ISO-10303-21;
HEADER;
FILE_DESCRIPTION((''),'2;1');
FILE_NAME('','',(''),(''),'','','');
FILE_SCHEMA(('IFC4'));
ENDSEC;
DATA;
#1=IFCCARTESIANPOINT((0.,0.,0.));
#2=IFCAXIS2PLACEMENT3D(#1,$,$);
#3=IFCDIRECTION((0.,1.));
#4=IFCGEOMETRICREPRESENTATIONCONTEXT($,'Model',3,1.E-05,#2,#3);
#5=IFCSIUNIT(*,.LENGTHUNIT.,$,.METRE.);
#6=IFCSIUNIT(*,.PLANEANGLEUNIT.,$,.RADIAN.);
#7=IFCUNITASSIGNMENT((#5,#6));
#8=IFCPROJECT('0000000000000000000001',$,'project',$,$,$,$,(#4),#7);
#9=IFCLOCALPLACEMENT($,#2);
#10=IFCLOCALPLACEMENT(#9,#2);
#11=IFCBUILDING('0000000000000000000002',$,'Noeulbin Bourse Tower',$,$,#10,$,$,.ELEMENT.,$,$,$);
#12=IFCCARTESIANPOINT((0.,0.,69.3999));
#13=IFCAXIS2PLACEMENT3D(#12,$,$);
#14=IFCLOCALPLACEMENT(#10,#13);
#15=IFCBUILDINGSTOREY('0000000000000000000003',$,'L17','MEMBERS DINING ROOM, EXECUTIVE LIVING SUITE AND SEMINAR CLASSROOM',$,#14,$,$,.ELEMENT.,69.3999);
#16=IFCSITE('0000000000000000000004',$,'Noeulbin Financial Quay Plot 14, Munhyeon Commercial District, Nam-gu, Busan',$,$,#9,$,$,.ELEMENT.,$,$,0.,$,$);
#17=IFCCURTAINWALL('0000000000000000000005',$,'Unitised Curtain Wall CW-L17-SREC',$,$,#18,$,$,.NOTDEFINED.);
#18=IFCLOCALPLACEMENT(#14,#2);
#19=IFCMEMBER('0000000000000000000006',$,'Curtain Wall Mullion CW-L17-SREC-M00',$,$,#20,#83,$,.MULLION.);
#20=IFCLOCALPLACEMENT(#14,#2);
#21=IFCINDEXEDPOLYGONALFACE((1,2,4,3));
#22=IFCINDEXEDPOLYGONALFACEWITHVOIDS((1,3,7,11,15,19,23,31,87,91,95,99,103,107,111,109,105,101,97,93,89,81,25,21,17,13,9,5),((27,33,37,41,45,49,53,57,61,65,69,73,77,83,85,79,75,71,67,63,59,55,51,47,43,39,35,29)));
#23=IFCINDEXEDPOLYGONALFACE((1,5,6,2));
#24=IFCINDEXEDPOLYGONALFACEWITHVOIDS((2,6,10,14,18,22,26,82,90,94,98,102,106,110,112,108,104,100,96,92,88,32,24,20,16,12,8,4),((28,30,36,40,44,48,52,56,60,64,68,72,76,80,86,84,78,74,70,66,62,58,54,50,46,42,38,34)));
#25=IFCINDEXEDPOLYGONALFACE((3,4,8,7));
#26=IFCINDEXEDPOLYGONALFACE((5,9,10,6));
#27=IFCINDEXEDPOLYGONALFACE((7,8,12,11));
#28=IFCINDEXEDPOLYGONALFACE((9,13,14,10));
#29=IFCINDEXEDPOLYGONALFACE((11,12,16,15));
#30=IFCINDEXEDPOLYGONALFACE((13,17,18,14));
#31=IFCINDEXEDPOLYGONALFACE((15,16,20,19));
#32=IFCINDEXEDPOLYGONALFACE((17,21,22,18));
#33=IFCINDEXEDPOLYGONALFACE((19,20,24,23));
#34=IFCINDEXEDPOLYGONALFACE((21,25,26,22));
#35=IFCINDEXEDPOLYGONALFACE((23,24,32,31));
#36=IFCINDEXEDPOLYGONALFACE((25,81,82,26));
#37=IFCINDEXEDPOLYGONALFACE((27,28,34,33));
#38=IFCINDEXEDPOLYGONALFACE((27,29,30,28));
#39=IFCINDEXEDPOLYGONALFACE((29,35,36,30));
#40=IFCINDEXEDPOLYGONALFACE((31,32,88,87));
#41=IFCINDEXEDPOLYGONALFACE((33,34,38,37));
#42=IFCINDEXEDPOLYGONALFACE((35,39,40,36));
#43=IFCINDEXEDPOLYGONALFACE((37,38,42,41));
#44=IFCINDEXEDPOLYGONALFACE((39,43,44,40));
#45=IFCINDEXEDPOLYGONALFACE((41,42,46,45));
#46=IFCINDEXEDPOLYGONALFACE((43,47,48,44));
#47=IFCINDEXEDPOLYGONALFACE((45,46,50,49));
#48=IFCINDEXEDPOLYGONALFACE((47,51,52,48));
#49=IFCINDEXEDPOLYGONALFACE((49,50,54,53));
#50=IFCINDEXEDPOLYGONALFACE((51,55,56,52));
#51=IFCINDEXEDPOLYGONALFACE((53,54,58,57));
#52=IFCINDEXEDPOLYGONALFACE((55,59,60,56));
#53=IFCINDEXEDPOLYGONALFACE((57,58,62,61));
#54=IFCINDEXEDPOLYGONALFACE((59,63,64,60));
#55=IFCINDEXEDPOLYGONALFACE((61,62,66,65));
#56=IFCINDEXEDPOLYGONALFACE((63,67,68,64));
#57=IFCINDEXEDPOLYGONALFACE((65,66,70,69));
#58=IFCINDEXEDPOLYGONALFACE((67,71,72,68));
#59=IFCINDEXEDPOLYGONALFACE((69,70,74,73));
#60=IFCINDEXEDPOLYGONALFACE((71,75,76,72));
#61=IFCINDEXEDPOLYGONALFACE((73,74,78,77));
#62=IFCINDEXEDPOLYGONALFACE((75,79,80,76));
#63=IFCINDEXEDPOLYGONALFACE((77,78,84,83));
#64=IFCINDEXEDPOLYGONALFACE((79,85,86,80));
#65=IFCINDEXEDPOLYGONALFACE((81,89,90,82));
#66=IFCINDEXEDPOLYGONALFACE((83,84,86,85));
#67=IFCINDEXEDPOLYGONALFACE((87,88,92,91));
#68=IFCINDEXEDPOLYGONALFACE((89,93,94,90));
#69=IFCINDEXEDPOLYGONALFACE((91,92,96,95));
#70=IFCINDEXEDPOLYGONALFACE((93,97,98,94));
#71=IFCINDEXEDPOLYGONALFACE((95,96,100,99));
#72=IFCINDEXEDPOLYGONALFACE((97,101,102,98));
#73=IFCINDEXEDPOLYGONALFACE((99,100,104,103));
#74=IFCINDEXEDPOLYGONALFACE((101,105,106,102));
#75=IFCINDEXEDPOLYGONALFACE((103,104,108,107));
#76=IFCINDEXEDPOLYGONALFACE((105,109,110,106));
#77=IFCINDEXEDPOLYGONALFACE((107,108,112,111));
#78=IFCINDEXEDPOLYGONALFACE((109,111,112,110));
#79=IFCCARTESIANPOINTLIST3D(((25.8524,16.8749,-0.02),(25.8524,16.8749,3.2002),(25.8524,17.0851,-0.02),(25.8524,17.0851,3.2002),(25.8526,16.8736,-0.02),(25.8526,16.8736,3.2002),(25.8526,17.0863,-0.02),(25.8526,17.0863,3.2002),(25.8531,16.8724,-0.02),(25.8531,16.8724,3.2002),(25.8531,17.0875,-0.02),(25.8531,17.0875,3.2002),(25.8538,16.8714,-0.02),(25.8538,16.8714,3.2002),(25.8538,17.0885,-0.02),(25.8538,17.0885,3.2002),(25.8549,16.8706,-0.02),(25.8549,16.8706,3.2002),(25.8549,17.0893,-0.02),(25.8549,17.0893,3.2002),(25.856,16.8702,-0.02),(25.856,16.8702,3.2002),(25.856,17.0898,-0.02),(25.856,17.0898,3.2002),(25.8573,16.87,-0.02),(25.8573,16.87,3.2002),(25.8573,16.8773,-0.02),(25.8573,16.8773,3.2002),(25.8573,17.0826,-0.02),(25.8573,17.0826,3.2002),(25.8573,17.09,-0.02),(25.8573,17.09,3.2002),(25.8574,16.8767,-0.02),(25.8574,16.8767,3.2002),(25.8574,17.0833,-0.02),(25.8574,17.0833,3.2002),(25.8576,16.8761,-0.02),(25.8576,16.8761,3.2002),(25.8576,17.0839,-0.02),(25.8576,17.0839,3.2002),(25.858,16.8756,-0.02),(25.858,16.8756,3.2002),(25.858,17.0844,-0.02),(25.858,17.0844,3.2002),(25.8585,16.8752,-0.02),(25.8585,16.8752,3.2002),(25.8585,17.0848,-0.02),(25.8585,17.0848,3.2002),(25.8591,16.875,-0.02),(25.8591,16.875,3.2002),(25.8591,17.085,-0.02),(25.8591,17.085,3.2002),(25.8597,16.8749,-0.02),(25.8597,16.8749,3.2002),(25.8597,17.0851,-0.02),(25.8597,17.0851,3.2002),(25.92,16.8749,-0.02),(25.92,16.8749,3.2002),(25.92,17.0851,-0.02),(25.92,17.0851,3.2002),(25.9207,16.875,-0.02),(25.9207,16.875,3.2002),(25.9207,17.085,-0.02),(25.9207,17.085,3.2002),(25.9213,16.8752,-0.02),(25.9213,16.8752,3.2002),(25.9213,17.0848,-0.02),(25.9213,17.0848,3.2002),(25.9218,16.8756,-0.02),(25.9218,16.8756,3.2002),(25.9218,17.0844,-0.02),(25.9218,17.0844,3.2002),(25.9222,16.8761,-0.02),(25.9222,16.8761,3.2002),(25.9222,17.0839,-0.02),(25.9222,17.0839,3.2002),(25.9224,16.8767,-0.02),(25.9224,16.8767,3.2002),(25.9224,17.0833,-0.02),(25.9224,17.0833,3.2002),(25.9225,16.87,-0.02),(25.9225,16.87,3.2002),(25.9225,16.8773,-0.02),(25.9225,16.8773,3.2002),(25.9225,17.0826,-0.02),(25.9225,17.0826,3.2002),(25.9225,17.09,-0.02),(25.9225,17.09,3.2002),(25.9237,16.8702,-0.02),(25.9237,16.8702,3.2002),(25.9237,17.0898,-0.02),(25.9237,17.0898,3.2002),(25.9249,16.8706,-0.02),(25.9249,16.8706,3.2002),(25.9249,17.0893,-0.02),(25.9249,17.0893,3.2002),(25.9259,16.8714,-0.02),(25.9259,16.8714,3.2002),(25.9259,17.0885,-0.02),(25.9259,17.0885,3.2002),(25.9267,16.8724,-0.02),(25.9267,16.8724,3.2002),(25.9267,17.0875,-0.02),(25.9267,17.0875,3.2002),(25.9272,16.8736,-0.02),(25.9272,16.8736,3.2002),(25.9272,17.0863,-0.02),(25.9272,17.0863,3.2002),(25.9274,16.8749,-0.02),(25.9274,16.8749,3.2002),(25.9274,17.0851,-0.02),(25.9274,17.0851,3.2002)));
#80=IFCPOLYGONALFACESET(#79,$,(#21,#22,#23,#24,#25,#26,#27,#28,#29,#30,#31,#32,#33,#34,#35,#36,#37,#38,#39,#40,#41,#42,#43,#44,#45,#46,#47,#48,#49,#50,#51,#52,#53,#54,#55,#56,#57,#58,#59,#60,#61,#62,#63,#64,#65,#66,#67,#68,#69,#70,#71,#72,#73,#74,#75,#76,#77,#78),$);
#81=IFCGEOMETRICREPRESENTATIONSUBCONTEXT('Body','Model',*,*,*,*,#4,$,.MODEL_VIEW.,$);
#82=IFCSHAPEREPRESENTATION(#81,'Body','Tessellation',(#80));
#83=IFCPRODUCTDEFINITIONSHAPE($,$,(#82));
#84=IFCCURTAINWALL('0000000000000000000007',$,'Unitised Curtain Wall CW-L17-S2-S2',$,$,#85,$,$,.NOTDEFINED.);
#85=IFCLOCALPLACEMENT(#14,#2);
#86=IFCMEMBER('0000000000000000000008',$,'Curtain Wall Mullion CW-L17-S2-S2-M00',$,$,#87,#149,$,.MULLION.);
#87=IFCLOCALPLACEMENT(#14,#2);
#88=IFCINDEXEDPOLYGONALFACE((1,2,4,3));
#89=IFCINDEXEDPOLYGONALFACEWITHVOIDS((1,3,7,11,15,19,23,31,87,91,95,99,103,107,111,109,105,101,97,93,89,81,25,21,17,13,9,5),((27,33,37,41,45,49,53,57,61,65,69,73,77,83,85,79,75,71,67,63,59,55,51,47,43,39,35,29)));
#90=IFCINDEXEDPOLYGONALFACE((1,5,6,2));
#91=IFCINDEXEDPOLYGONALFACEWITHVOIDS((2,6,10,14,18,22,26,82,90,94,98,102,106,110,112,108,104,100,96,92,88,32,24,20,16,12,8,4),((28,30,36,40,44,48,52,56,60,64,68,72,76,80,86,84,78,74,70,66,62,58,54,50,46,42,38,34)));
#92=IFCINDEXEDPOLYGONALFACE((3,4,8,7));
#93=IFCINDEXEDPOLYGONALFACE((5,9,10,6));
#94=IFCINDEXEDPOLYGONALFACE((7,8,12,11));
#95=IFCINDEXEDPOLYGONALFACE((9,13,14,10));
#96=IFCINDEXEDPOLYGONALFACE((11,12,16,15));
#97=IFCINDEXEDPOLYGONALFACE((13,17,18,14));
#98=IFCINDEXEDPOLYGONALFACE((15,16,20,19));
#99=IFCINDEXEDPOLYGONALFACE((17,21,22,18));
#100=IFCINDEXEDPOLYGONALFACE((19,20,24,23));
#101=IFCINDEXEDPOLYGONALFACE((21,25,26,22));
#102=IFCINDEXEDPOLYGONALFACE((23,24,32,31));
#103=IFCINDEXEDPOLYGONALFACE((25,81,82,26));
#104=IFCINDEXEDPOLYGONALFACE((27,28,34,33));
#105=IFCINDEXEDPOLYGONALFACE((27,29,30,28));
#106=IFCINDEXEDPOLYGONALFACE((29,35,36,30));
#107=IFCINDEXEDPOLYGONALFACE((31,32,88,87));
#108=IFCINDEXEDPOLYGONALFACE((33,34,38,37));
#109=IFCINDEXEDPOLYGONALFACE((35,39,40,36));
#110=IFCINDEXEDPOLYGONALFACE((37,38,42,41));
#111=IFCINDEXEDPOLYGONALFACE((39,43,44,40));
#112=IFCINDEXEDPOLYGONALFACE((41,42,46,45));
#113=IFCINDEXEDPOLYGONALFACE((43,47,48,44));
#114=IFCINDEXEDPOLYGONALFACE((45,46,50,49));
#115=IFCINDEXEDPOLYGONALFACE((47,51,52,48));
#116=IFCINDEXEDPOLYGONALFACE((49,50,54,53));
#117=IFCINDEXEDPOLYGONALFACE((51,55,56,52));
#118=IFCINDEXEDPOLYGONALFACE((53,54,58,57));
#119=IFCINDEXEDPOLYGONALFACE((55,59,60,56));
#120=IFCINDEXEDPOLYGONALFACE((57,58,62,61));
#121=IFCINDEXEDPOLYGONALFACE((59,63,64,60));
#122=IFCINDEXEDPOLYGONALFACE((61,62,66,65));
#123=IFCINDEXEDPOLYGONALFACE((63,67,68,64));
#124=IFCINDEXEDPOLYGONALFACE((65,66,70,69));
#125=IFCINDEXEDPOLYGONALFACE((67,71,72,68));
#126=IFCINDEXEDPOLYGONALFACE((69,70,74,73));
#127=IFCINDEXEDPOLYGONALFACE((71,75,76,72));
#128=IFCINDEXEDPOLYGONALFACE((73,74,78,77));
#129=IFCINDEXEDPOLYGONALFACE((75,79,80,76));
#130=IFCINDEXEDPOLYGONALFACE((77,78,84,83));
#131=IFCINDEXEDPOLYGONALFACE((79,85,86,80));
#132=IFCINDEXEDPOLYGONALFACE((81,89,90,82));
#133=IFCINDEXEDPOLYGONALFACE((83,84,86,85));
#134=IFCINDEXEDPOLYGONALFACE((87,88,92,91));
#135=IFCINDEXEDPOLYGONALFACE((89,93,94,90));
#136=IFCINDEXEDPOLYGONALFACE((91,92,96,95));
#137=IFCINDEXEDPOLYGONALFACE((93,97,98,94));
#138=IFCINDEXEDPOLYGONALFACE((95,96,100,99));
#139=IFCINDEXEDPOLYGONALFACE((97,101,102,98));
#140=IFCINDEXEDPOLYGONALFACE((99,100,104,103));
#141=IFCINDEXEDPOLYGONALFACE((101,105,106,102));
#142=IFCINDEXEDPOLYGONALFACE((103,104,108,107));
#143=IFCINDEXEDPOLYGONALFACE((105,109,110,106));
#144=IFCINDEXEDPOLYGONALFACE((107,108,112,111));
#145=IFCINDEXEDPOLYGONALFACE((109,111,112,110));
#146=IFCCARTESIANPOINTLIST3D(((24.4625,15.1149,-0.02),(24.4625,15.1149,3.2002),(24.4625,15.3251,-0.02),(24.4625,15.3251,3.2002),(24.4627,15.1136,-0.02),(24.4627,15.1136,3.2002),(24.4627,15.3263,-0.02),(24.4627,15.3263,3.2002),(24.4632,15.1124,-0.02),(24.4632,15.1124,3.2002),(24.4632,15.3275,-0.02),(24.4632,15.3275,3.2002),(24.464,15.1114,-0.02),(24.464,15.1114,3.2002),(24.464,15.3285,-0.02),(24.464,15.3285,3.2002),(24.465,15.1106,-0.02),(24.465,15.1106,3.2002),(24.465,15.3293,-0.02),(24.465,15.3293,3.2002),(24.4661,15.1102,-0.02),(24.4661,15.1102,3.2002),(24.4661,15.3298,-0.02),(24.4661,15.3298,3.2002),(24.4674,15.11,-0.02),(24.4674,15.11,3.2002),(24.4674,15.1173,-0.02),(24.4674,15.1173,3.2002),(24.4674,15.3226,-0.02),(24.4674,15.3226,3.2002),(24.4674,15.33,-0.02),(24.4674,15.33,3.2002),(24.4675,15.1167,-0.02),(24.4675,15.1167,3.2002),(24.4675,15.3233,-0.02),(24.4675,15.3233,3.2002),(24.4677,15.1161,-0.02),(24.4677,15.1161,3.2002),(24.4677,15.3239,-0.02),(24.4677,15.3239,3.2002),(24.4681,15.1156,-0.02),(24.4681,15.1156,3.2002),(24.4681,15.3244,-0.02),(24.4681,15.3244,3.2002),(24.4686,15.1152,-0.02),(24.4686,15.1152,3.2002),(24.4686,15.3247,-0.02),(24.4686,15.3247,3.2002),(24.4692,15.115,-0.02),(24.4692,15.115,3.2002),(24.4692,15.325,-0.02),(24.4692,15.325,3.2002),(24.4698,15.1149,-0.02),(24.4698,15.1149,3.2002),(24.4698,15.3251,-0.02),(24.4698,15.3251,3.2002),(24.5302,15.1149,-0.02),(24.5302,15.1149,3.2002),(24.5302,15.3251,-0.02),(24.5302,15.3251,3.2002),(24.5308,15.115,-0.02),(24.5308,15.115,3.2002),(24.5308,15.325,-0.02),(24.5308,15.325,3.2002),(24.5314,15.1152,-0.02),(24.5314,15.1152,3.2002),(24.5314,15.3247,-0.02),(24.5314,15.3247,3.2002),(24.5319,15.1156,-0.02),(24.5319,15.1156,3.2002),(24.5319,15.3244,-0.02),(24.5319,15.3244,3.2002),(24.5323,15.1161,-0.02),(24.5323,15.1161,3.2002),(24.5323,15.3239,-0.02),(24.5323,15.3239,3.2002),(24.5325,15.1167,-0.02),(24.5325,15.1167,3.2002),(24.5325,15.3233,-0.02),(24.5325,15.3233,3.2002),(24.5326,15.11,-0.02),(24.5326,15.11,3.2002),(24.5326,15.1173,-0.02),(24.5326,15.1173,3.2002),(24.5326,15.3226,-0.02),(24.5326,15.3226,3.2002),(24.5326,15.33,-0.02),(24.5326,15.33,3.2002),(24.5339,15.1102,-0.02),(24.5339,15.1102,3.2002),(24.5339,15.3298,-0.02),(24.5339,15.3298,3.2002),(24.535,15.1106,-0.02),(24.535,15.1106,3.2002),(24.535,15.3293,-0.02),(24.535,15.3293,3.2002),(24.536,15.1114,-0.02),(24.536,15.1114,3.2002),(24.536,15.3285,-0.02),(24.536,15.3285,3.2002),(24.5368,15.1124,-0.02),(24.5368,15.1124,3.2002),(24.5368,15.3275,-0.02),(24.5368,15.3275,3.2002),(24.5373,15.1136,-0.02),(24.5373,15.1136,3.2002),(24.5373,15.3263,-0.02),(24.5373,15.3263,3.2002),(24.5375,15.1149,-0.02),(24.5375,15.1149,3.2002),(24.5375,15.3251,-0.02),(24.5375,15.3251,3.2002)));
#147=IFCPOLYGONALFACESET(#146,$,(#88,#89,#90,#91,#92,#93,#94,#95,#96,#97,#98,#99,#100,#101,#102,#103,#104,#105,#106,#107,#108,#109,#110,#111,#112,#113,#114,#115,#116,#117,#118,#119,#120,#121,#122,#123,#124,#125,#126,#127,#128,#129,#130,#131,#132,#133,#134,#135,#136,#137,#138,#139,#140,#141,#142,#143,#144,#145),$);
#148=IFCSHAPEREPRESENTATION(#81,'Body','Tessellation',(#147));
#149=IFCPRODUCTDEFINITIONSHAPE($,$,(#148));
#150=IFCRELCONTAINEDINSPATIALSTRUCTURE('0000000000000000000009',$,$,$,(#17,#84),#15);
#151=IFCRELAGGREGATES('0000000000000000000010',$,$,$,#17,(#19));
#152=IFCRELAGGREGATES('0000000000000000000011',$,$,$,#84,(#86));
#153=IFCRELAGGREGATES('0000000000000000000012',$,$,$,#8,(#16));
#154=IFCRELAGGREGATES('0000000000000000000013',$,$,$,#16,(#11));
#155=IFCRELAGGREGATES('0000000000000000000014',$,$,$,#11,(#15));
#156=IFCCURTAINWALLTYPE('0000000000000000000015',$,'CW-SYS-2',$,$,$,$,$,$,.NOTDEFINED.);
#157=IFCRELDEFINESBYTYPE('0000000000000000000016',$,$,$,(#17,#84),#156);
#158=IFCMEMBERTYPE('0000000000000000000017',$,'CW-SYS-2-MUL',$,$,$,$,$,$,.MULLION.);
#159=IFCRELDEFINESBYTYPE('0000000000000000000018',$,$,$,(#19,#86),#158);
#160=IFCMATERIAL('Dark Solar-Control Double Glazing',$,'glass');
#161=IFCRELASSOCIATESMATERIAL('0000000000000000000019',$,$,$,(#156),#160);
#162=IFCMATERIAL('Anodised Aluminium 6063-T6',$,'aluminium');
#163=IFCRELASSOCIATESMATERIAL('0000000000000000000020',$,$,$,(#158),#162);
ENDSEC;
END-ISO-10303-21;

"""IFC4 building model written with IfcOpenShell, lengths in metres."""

from ifc_helpers import new_model, si_unit, direction, frame, origin, origin_2d, place, context, subcontext, project, spatial, hollow_rectangle, extrude, material, material_profile, profile_set, type_object, element, aggregate, save


model = new_model("IFC4")

# Units and contexts
model_context = context("Model", 3, precision=1e-05, world=origin(), true_north=direction((0.0, 1.0)))
body_context = subcontext(model_context, "Body", "Model", "MODEL_VIEW")
ifc_project = project(units=[si_unit("LENGTHUNIT", "METRE"), si_unit("PLANEANGLEUNIT", "RADIAN")], contexts=[model_context])

# Site, building, storey
site_placement = place(None, origin())
site = spatial("IfcSite", under=ifc_project, at=site_placement, Name="Noeulbin Financial Quay Plot 14, Munhyeon Commercial District, Nam-gu, Busan", CompositionType="ELEMENT", RefElevation=0.0)
building_placement = place(site_placement, origin())
building = spatial("IfcBuilding", under=site, at=building_placement, Name="Noeulbin Bourse Tower", CompositionType="ELEMENT")
storey_placement = place(building_placement, frame((0.0, 0.0, 69.3999)))
storey = spatial("IfcBuildingStorey", under=building, at=storey_placement, Name="L17", Description="MEMBERS DINING ROOM, EXECUTIVE LIVING SUITE AND SEMINAR CLASSROOM", CompositionType="ELEMENT", Elevation=69.3999)

# Curtain wall, member
ifc_material_1 = material(Name="Dark Solar-Control Double Glazing", Category="glass")
curtain_wall_type = type_object("IfcCurtainWallType", Name="CW-SYS-2", PredefinedType="NOTDEFINED", material=ifc_material_1)
curtain_wall_1_placement = place(storey_placement, origin())
curtain_wall_1 = element("IfcCurtainWall", 1, at=curtain_wall_1_placement, inside=storey, type_object=curtain_wall_type, Name="Unitised Curtain Wall CW-L17-SREC", PredefinedType="NOTDEFINED")
ifc_material_2 = material(Name="Anodised Aluminium 6063-T6", Category="aluminium")
ifc_material_profile_1 = material_profile(ifc_material_2, hollow_rectangle(XDim=0.075, YDim=0.22, WallThickness=0.0049, InnerFilletRadius=0.0024, OuterFilletRadius=0.0049, at=origin_2d()), Name="ALU-MULL-75x220x5", Category="LoadBearing")
ifc_profile_set_1 = profile_set([ifc_material_profile_1], Name="Anodised Aluminium 6063-T6")
member_type_1 = type_object("IfcMemberType", Name="CW-SYS-2-MUL", PredefinedType="MULLION", material=ifc_profile_set_1)
member_1_placement = place(storey_placement, frame((25.8899, 16.98, -0.02), z_axis=(0.0, 0.0, 1.0), x_axis=(1.0, 0.0, 0.0)))
member_1 = element("IfcMember", 2, at=member_1_placement, type_object=member_type_1, Name="Curtain Wall Mullion CW-L17-SREC-M00", PredefinedType="MULLION", context=body_context, shape_type="SweptSolid", body=[
    extrude(hollow_rectangle(XDim=0.075, YDim=0.22, WallThickness=0.0049, InnerFilletRadius=0.0024, OuterFilletRadius=0.0049, at=origin_2d()), origin(), (0.0, 0.0, 1.0), 3.2202),
])

# Curtain wall, member
curtain_wall_2_placement = place(storey_placement, origin())
curtain_wall_2 = element("IfcCurtainWall", 3, at=curtain_wall_2_placement, inside=storey, type_object=curtain_wall_type, Name="Unitised Curtain Wall CW-L17-S2-S2", PredefinedType="NOTDEFINED")
member_2_placement = place(storey_placement, frame((24.5, 15.22, -0.02), z_axis=(0.0, 0.0, 1.0), x_axis=(1.0, 0.0, 0.0)))
member_2 = element("IfcMember", 4, at=member_2_placement, type_object=member_type_1, Name="Curtain Wall Mullion CW-L17-S2-S2-M00", PredefinedType="MULLION", context=body_context, shape_type="SweptSolid", body=[
    extrude(hollow_rectangle(XDim=0.075, YDim=0.22, WallThickness=0.0049, InnerFilletRadius=0.0024, OuterFilletRadius=0.0049, at=origin_2d()), origin(), (0.0, 0.0, 1.0), 3.2202),
])

aggregate(curtain_wall_1, [member_1])
aggregate(curtain_wall_2, [member_2])

save(model, "model.ifc")
